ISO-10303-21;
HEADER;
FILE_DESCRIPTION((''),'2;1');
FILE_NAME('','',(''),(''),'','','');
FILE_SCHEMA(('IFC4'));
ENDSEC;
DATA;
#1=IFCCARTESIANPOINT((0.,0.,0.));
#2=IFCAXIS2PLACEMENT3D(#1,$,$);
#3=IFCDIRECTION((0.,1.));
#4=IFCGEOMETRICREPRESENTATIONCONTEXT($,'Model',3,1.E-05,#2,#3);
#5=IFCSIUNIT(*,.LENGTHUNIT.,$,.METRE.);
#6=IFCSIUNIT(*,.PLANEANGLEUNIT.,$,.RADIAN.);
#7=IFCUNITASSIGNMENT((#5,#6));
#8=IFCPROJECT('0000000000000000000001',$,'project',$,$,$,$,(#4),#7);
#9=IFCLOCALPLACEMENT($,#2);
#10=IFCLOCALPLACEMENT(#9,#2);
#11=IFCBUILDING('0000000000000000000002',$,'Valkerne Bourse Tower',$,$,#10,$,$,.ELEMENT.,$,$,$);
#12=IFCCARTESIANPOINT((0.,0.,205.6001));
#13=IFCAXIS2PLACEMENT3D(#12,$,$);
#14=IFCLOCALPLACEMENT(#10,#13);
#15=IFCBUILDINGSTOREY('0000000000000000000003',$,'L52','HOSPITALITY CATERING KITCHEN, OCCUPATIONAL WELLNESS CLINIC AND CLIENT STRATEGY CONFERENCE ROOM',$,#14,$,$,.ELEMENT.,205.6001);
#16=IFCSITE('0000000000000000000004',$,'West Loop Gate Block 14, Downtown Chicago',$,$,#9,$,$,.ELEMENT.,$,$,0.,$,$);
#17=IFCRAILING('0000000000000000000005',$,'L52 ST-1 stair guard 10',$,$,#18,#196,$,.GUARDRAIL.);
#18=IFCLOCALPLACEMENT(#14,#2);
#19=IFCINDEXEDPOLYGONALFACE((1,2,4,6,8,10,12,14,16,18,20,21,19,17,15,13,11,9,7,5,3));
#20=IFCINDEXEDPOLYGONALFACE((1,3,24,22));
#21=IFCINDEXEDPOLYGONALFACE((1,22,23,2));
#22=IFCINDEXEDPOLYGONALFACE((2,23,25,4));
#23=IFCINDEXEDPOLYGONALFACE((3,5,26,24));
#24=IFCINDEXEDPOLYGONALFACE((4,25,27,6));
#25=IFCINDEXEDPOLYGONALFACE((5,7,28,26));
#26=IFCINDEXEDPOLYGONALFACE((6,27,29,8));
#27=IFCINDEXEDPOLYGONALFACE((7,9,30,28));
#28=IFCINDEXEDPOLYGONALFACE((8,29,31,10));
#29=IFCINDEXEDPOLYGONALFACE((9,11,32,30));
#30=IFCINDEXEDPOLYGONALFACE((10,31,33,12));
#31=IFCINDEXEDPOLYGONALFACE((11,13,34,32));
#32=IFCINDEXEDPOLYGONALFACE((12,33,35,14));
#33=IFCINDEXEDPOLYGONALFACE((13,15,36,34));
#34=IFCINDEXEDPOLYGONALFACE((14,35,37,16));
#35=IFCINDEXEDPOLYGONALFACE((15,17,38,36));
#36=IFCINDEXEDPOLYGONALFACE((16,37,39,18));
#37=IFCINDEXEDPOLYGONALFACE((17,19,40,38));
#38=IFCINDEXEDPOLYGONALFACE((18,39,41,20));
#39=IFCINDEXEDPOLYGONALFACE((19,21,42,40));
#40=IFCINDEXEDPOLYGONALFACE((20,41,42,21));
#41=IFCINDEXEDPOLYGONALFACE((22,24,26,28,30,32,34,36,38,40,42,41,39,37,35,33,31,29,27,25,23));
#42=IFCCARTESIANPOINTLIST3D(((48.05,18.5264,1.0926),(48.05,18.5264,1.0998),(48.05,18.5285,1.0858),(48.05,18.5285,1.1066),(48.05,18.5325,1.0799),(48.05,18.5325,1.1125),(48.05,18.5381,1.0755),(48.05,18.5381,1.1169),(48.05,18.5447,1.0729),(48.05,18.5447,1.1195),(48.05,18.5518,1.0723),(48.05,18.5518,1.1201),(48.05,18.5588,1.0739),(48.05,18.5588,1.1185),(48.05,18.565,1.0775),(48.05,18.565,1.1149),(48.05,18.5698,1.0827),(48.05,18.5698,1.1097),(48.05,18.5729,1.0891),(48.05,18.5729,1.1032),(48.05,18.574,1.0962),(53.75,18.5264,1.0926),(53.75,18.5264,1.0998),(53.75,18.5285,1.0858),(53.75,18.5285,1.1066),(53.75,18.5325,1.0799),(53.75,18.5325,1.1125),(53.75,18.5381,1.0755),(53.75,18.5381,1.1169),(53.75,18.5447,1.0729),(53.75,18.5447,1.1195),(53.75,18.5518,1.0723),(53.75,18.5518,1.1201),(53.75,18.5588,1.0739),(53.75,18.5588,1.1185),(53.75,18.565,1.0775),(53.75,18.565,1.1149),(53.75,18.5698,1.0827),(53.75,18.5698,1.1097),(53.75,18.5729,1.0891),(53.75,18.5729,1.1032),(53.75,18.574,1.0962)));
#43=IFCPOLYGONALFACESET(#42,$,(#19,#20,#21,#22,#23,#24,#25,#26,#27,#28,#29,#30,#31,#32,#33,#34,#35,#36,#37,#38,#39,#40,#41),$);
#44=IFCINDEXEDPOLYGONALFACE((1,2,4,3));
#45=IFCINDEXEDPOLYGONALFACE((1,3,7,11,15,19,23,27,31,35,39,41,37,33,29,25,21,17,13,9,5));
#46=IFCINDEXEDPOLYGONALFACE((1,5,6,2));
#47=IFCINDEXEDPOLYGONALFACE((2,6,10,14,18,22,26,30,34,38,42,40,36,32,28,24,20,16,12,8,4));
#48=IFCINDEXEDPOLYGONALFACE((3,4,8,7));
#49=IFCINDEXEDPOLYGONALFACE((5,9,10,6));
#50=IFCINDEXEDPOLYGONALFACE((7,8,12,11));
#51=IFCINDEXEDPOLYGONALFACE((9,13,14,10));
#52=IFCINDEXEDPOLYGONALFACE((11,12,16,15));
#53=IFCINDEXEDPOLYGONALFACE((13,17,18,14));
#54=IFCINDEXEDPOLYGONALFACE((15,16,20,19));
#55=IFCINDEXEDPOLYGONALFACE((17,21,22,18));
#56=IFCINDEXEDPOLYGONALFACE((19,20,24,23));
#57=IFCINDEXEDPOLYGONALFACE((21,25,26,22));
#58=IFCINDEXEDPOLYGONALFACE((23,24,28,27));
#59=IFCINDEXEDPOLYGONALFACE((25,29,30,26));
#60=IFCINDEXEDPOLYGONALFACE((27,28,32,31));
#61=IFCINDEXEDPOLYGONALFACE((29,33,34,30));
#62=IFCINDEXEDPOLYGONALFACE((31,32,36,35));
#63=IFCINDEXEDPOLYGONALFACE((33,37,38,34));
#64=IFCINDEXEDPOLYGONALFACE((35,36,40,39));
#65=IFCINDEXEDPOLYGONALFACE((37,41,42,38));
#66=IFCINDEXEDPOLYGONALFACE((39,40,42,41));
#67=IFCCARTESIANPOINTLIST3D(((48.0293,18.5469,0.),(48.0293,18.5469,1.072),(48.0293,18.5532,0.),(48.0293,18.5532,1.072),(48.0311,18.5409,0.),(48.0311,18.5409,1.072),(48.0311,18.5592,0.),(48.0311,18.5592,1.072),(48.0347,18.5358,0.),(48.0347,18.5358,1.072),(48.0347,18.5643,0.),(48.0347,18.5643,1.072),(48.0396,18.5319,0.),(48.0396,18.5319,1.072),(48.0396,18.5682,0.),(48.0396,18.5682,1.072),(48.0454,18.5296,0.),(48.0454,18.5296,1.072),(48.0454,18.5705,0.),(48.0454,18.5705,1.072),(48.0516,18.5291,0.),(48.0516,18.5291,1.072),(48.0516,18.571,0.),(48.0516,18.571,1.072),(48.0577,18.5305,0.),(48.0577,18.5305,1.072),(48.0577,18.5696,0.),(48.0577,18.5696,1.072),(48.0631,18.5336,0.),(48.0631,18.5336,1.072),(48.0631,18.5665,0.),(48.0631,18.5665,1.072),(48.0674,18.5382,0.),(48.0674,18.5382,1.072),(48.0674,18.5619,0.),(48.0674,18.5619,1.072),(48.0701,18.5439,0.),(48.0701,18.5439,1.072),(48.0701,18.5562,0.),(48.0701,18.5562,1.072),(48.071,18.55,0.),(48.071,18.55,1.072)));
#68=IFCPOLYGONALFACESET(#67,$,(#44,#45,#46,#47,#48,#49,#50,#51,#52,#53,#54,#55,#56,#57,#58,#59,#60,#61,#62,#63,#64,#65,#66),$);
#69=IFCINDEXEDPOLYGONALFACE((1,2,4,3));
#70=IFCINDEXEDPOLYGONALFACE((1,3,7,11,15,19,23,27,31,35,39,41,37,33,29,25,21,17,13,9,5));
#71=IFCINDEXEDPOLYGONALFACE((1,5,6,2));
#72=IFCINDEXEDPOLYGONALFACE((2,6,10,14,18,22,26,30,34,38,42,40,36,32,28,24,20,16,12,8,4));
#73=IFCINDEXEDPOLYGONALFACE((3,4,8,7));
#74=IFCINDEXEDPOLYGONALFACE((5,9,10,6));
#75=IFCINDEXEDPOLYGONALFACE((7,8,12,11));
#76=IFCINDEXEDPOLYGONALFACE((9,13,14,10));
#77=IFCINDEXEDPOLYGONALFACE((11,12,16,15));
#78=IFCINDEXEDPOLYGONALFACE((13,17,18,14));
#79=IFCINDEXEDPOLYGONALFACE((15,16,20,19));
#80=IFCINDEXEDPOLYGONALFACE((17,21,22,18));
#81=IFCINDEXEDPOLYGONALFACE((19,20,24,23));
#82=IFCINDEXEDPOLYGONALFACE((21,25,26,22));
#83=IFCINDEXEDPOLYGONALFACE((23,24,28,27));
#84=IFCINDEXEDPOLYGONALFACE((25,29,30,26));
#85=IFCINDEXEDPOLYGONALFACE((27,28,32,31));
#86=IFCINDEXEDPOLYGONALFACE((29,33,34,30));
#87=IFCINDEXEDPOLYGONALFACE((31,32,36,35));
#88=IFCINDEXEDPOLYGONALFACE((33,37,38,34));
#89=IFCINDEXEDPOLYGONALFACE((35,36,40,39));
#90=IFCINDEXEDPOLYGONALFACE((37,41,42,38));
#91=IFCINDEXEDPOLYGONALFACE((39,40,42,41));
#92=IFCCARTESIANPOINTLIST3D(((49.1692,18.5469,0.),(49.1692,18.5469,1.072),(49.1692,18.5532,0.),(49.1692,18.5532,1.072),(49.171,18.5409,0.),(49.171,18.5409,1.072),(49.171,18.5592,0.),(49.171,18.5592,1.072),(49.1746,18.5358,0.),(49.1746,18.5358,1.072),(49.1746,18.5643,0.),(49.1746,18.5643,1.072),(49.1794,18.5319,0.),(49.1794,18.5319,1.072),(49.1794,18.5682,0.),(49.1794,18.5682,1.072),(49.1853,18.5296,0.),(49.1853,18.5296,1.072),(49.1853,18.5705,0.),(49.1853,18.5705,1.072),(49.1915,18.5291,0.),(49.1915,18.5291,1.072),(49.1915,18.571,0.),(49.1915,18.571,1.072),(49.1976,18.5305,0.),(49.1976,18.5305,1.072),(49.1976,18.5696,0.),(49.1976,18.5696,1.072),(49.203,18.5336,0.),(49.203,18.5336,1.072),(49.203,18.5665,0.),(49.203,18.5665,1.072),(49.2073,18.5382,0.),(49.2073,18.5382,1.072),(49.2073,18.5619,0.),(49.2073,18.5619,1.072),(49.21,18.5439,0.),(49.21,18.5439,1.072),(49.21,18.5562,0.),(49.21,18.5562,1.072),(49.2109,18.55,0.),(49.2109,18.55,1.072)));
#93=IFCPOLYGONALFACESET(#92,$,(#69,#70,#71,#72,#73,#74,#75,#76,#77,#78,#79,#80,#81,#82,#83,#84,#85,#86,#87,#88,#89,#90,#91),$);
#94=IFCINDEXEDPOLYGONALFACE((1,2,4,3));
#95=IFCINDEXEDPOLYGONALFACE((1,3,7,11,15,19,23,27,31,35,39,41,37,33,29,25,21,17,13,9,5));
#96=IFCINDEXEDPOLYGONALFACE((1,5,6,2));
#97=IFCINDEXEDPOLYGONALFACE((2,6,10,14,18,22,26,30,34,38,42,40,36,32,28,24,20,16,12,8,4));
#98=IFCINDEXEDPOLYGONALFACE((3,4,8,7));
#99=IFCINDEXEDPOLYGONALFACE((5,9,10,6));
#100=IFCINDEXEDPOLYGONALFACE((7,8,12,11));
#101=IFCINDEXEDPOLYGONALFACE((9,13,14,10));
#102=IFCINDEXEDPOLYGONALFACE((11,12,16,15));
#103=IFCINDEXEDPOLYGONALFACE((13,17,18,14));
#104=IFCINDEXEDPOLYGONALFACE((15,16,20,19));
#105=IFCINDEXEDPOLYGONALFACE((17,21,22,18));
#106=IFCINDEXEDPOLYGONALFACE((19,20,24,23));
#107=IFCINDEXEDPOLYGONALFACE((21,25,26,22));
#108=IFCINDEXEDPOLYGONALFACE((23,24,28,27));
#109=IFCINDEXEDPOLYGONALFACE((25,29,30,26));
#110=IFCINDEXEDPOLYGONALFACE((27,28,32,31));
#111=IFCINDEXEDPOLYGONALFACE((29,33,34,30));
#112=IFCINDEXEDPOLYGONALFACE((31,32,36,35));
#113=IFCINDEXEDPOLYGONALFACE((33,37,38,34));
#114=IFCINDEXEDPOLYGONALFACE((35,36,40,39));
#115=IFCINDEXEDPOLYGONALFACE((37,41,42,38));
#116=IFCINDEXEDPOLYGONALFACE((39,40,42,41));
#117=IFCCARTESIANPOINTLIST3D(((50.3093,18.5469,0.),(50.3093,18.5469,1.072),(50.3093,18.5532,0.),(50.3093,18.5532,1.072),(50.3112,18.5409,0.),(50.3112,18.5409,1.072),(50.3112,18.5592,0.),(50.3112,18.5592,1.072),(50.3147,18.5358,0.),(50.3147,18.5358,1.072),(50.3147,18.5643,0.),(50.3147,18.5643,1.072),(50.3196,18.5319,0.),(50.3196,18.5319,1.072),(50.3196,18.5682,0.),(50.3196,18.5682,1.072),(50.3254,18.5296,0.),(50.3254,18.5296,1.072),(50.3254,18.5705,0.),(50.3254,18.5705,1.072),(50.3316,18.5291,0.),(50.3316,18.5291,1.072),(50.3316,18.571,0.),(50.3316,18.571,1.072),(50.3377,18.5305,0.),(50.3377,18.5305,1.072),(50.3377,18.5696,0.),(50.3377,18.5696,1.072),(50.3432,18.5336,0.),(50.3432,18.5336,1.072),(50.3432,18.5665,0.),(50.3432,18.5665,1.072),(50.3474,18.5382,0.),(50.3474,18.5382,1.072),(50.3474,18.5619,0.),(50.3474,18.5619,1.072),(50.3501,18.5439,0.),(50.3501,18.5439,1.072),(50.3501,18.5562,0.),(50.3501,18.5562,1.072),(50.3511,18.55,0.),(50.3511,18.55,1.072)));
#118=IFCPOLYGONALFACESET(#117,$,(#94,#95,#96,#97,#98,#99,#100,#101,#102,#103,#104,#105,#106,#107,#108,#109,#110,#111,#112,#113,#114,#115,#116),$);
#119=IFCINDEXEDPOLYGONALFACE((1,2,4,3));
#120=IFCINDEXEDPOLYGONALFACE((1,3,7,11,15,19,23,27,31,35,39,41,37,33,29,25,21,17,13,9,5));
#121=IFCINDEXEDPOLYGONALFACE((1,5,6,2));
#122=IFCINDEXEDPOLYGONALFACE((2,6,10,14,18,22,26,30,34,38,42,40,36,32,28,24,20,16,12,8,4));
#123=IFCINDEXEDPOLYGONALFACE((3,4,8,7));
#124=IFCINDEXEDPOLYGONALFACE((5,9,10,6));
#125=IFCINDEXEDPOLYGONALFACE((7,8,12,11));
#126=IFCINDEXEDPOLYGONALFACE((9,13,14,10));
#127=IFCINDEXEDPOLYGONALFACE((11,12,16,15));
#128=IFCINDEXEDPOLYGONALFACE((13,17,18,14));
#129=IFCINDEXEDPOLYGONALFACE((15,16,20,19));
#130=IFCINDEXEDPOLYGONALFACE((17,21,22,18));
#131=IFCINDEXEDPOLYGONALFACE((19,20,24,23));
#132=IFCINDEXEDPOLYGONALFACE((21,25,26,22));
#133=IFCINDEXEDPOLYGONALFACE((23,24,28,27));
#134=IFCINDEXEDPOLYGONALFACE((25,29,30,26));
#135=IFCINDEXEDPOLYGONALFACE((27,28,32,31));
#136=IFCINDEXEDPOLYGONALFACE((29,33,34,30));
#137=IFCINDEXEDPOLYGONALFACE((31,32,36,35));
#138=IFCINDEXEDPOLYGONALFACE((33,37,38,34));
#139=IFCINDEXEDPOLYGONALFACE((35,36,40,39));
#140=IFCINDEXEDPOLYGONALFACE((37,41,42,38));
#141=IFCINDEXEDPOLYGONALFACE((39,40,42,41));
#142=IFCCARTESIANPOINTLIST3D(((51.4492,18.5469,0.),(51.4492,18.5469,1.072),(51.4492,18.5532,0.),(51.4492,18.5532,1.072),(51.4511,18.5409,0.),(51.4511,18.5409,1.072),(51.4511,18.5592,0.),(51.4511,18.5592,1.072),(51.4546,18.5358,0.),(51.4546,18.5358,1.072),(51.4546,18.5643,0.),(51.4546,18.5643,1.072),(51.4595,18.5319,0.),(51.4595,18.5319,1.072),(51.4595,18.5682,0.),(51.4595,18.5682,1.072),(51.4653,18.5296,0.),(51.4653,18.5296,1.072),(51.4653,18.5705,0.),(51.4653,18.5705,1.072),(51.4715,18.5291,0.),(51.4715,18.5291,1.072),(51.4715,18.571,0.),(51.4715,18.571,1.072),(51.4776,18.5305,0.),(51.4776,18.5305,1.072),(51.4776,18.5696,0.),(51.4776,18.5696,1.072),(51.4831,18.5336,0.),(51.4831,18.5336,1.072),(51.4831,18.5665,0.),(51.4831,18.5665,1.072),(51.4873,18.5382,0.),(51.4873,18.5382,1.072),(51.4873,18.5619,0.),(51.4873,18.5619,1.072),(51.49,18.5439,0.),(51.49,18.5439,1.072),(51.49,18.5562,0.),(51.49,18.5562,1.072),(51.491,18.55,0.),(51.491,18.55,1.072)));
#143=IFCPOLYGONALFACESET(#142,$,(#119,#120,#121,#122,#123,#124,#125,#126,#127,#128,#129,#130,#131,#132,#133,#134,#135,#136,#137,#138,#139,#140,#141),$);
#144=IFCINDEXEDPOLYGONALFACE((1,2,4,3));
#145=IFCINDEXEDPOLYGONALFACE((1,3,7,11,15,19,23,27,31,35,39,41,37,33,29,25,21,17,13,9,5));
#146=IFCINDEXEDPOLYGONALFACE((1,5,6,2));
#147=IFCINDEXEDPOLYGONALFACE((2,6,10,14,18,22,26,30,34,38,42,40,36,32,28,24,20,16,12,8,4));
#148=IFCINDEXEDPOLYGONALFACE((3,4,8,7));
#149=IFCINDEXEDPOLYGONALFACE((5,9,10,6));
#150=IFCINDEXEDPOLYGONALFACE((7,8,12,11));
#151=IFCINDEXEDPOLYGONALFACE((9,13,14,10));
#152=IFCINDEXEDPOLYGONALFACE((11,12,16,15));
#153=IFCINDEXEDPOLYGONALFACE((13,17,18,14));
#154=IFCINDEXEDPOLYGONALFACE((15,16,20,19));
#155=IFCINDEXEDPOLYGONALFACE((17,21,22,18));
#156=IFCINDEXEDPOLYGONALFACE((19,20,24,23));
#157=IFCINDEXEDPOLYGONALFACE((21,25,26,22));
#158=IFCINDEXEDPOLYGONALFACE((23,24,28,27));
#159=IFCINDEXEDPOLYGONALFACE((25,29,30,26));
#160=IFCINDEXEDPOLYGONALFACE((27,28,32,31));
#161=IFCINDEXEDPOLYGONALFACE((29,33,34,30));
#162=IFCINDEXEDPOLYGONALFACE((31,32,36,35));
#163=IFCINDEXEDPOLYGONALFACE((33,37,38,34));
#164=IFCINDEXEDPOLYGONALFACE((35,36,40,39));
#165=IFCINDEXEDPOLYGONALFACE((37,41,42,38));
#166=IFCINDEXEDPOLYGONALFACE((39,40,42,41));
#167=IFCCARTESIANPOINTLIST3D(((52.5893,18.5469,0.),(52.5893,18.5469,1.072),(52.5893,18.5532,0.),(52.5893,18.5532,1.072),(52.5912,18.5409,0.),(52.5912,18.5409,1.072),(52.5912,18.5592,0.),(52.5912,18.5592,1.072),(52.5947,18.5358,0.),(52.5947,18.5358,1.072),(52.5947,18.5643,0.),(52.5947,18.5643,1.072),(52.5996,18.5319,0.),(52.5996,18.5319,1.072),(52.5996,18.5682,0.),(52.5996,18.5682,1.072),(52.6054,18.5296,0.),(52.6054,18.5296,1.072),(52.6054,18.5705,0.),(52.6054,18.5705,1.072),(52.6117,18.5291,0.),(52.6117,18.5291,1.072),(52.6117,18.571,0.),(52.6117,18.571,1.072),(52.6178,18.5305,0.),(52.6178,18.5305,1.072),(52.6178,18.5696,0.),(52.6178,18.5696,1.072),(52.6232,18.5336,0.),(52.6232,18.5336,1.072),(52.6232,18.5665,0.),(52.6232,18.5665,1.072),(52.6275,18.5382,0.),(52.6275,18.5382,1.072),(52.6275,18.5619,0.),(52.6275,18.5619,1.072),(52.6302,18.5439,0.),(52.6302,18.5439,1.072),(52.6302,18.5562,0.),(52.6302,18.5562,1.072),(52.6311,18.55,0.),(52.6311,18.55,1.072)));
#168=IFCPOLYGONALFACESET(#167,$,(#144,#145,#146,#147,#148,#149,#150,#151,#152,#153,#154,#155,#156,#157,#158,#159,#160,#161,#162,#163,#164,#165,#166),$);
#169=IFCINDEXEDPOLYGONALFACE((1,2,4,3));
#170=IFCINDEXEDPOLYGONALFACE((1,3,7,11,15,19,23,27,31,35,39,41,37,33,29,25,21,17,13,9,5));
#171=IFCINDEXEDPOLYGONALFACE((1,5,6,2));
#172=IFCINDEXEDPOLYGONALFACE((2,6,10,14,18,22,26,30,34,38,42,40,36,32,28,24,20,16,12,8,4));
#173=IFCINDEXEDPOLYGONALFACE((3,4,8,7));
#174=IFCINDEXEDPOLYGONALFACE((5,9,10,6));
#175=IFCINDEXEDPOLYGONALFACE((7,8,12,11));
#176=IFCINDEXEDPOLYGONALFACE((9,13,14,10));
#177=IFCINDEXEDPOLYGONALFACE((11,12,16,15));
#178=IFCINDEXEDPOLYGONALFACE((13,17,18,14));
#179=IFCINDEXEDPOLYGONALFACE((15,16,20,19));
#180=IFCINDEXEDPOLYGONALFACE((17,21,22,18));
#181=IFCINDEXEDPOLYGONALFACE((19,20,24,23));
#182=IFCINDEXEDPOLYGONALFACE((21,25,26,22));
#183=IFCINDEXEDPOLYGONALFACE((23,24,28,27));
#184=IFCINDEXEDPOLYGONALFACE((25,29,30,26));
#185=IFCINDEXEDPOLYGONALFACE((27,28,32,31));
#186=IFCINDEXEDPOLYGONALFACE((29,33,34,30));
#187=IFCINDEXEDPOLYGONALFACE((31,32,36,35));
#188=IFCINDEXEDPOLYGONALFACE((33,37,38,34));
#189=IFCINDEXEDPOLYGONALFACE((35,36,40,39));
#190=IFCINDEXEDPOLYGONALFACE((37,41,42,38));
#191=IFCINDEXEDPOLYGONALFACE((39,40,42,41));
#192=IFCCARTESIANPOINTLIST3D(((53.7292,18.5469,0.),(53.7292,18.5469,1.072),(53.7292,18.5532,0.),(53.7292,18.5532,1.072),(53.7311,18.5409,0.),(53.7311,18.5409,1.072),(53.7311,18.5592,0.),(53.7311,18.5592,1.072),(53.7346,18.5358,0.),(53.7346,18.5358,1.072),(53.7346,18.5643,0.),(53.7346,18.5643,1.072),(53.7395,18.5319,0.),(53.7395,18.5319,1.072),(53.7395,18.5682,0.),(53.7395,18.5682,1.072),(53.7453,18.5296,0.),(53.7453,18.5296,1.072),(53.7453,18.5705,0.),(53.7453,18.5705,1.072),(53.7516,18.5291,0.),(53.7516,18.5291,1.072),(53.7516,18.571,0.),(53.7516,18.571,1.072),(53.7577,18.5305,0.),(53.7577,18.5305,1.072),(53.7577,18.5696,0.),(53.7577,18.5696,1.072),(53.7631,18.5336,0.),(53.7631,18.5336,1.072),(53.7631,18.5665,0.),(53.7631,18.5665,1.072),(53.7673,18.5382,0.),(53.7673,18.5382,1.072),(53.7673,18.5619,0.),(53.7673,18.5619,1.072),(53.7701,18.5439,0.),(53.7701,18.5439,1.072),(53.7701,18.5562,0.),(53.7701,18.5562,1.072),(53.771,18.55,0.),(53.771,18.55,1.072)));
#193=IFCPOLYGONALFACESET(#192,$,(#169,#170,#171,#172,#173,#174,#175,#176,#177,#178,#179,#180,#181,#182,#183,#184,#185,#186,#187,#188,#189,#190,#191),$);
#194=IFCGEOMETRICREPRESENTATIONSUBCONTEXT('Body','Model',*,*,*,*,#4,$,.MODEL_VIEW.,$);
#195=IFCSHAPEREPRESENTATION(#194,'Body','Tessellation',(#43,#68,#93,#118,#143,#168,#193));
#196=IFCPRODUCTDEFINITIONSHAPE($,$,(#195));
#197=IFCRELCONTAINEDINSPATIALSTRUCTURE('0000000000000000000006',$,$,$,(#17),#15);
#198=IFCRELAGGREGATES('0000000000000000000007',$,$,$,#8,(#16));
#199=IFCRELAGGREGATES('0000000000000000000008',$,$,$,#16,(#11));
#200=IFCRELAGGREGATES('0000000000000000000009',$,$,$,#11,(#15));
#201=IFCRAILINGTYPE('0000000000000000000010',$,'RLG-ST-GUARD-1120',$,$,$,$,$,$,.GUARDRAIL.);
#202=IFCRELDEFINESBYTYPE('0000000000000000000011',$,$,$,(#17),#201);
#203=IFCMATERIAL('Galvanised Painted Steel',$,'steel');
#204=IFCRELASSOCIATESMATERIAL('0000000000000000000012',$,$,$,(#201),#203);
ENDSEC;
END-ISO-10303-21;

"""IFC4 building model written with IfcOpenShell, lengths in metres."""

from ifc_helpers import new_model, si_unit, direction, frame, origin, origin_2d, place, context, subcontext, project, spatial, circle, extrude, material, type_object, element, save


model = new_model("IFC4")

# Units and contexts
model_context = context("Model", 3, precision=1e-05, world=origin(), true_north=direction((0.0, 1.0)))
body_context = subcontext(model_context, "Body", "Model", "MODEL_VIEW")
ifc_project = project(units=[si_unit("LENGTHUNIT", "METRE"), si_unit("PLANEANGLEUNIT", "RADIAN")], contexts=[model_context])

# Site, building, storey
site_placement = place(None, origin())
site = spatial("IfcSite", under=ifc_project, at=site_placement, Name="West Loop Gate Block 14, Downtown Chicago", CompositionType="ELEMENT", RefElevation=0.0)
building_placement = place(site_placement, origin())
building = spatial("IfcBuilding", under=site, at=building_placement, Name="Valkerne Bourse Tower", CompositionType="ELEMENT")
storey_placement = place(building_placement, frame((0.0, 0.0, 205.6001)))
storey = spatial("IfcBuildingStorey", under=building, at=storey_placement, Name="L52", Description="HOSPITALITY CATERING KITCHEN, OCCUPATIONAL WELLNESS CLINIC AND CLIENT STRATEGY CONFERENCE ROOM", CompositionType="ELEMENT", Elevation=205.6001)

# Shared definitions
ifc_material_1 = material(Name="Galvanised Painted Steel", Category="steel")

# Railing
railing_type_1 = type_object("IfcRailingType", Name="RLG-ST-GUARD-1120", PredefinedType="GUARDRAIL", material=ifc_material_1)
for number, where, name in (
    (1, (48.05, 18.55, 0.0), "L52 ST-1 stair guard 10"),
):
    element("IfcRailing", number, at=place(storey_placement, frame(where)), inside=storey, type_object=railing_type_1, Name=name, PredefinedType="GUARDRAIL", context=body_context, shape_type="SweptSolid", body=[
        extrude(circle(Radius=0.0239, at=origin_2d()), frame((0.0, 0.0, 1.0962), z_axis=(1.0, 0.0, 0.0), x_axis=(0.0, 1.0, 0.0)), (0.0, 0.0, 1.0), 5.7),
        extrude(circle(Radius=0.021, at=origin_2d()), origin(), (0.0, 0.0, 1.0), 1.072),
        extrude(circle(Radius=0.021, at=origin_2d()), frame((1.1399, 0.0, 0.0)), (0.0, 0.0, 1.0), 1.072),
        extrude(circle(Radius=0.021, at=origin_2d()), frame((2.28, 0.0, 0.0)), (0.0, 0.0, 1.0), 1.072),
        extrude(circle(Radius=0.021, at=origin_2d()), frame((3.4199, 0.0, 0.0)), (0.0, 0.0, 1.0), 1.072),
        extrude(circle(Radius=0.021, at=origin_2d()), frame((4.5601, 0.0, 0.0)), (0.0, 0.0, 1.0), 1.072),
        extrude(circle(Radius=0.021, at=origin_2d()), frame((5.7, 0.0, 0.0)), (0.0, 0.0, 1.0), 1.072),
    ])

save(model, "model.ifc")
